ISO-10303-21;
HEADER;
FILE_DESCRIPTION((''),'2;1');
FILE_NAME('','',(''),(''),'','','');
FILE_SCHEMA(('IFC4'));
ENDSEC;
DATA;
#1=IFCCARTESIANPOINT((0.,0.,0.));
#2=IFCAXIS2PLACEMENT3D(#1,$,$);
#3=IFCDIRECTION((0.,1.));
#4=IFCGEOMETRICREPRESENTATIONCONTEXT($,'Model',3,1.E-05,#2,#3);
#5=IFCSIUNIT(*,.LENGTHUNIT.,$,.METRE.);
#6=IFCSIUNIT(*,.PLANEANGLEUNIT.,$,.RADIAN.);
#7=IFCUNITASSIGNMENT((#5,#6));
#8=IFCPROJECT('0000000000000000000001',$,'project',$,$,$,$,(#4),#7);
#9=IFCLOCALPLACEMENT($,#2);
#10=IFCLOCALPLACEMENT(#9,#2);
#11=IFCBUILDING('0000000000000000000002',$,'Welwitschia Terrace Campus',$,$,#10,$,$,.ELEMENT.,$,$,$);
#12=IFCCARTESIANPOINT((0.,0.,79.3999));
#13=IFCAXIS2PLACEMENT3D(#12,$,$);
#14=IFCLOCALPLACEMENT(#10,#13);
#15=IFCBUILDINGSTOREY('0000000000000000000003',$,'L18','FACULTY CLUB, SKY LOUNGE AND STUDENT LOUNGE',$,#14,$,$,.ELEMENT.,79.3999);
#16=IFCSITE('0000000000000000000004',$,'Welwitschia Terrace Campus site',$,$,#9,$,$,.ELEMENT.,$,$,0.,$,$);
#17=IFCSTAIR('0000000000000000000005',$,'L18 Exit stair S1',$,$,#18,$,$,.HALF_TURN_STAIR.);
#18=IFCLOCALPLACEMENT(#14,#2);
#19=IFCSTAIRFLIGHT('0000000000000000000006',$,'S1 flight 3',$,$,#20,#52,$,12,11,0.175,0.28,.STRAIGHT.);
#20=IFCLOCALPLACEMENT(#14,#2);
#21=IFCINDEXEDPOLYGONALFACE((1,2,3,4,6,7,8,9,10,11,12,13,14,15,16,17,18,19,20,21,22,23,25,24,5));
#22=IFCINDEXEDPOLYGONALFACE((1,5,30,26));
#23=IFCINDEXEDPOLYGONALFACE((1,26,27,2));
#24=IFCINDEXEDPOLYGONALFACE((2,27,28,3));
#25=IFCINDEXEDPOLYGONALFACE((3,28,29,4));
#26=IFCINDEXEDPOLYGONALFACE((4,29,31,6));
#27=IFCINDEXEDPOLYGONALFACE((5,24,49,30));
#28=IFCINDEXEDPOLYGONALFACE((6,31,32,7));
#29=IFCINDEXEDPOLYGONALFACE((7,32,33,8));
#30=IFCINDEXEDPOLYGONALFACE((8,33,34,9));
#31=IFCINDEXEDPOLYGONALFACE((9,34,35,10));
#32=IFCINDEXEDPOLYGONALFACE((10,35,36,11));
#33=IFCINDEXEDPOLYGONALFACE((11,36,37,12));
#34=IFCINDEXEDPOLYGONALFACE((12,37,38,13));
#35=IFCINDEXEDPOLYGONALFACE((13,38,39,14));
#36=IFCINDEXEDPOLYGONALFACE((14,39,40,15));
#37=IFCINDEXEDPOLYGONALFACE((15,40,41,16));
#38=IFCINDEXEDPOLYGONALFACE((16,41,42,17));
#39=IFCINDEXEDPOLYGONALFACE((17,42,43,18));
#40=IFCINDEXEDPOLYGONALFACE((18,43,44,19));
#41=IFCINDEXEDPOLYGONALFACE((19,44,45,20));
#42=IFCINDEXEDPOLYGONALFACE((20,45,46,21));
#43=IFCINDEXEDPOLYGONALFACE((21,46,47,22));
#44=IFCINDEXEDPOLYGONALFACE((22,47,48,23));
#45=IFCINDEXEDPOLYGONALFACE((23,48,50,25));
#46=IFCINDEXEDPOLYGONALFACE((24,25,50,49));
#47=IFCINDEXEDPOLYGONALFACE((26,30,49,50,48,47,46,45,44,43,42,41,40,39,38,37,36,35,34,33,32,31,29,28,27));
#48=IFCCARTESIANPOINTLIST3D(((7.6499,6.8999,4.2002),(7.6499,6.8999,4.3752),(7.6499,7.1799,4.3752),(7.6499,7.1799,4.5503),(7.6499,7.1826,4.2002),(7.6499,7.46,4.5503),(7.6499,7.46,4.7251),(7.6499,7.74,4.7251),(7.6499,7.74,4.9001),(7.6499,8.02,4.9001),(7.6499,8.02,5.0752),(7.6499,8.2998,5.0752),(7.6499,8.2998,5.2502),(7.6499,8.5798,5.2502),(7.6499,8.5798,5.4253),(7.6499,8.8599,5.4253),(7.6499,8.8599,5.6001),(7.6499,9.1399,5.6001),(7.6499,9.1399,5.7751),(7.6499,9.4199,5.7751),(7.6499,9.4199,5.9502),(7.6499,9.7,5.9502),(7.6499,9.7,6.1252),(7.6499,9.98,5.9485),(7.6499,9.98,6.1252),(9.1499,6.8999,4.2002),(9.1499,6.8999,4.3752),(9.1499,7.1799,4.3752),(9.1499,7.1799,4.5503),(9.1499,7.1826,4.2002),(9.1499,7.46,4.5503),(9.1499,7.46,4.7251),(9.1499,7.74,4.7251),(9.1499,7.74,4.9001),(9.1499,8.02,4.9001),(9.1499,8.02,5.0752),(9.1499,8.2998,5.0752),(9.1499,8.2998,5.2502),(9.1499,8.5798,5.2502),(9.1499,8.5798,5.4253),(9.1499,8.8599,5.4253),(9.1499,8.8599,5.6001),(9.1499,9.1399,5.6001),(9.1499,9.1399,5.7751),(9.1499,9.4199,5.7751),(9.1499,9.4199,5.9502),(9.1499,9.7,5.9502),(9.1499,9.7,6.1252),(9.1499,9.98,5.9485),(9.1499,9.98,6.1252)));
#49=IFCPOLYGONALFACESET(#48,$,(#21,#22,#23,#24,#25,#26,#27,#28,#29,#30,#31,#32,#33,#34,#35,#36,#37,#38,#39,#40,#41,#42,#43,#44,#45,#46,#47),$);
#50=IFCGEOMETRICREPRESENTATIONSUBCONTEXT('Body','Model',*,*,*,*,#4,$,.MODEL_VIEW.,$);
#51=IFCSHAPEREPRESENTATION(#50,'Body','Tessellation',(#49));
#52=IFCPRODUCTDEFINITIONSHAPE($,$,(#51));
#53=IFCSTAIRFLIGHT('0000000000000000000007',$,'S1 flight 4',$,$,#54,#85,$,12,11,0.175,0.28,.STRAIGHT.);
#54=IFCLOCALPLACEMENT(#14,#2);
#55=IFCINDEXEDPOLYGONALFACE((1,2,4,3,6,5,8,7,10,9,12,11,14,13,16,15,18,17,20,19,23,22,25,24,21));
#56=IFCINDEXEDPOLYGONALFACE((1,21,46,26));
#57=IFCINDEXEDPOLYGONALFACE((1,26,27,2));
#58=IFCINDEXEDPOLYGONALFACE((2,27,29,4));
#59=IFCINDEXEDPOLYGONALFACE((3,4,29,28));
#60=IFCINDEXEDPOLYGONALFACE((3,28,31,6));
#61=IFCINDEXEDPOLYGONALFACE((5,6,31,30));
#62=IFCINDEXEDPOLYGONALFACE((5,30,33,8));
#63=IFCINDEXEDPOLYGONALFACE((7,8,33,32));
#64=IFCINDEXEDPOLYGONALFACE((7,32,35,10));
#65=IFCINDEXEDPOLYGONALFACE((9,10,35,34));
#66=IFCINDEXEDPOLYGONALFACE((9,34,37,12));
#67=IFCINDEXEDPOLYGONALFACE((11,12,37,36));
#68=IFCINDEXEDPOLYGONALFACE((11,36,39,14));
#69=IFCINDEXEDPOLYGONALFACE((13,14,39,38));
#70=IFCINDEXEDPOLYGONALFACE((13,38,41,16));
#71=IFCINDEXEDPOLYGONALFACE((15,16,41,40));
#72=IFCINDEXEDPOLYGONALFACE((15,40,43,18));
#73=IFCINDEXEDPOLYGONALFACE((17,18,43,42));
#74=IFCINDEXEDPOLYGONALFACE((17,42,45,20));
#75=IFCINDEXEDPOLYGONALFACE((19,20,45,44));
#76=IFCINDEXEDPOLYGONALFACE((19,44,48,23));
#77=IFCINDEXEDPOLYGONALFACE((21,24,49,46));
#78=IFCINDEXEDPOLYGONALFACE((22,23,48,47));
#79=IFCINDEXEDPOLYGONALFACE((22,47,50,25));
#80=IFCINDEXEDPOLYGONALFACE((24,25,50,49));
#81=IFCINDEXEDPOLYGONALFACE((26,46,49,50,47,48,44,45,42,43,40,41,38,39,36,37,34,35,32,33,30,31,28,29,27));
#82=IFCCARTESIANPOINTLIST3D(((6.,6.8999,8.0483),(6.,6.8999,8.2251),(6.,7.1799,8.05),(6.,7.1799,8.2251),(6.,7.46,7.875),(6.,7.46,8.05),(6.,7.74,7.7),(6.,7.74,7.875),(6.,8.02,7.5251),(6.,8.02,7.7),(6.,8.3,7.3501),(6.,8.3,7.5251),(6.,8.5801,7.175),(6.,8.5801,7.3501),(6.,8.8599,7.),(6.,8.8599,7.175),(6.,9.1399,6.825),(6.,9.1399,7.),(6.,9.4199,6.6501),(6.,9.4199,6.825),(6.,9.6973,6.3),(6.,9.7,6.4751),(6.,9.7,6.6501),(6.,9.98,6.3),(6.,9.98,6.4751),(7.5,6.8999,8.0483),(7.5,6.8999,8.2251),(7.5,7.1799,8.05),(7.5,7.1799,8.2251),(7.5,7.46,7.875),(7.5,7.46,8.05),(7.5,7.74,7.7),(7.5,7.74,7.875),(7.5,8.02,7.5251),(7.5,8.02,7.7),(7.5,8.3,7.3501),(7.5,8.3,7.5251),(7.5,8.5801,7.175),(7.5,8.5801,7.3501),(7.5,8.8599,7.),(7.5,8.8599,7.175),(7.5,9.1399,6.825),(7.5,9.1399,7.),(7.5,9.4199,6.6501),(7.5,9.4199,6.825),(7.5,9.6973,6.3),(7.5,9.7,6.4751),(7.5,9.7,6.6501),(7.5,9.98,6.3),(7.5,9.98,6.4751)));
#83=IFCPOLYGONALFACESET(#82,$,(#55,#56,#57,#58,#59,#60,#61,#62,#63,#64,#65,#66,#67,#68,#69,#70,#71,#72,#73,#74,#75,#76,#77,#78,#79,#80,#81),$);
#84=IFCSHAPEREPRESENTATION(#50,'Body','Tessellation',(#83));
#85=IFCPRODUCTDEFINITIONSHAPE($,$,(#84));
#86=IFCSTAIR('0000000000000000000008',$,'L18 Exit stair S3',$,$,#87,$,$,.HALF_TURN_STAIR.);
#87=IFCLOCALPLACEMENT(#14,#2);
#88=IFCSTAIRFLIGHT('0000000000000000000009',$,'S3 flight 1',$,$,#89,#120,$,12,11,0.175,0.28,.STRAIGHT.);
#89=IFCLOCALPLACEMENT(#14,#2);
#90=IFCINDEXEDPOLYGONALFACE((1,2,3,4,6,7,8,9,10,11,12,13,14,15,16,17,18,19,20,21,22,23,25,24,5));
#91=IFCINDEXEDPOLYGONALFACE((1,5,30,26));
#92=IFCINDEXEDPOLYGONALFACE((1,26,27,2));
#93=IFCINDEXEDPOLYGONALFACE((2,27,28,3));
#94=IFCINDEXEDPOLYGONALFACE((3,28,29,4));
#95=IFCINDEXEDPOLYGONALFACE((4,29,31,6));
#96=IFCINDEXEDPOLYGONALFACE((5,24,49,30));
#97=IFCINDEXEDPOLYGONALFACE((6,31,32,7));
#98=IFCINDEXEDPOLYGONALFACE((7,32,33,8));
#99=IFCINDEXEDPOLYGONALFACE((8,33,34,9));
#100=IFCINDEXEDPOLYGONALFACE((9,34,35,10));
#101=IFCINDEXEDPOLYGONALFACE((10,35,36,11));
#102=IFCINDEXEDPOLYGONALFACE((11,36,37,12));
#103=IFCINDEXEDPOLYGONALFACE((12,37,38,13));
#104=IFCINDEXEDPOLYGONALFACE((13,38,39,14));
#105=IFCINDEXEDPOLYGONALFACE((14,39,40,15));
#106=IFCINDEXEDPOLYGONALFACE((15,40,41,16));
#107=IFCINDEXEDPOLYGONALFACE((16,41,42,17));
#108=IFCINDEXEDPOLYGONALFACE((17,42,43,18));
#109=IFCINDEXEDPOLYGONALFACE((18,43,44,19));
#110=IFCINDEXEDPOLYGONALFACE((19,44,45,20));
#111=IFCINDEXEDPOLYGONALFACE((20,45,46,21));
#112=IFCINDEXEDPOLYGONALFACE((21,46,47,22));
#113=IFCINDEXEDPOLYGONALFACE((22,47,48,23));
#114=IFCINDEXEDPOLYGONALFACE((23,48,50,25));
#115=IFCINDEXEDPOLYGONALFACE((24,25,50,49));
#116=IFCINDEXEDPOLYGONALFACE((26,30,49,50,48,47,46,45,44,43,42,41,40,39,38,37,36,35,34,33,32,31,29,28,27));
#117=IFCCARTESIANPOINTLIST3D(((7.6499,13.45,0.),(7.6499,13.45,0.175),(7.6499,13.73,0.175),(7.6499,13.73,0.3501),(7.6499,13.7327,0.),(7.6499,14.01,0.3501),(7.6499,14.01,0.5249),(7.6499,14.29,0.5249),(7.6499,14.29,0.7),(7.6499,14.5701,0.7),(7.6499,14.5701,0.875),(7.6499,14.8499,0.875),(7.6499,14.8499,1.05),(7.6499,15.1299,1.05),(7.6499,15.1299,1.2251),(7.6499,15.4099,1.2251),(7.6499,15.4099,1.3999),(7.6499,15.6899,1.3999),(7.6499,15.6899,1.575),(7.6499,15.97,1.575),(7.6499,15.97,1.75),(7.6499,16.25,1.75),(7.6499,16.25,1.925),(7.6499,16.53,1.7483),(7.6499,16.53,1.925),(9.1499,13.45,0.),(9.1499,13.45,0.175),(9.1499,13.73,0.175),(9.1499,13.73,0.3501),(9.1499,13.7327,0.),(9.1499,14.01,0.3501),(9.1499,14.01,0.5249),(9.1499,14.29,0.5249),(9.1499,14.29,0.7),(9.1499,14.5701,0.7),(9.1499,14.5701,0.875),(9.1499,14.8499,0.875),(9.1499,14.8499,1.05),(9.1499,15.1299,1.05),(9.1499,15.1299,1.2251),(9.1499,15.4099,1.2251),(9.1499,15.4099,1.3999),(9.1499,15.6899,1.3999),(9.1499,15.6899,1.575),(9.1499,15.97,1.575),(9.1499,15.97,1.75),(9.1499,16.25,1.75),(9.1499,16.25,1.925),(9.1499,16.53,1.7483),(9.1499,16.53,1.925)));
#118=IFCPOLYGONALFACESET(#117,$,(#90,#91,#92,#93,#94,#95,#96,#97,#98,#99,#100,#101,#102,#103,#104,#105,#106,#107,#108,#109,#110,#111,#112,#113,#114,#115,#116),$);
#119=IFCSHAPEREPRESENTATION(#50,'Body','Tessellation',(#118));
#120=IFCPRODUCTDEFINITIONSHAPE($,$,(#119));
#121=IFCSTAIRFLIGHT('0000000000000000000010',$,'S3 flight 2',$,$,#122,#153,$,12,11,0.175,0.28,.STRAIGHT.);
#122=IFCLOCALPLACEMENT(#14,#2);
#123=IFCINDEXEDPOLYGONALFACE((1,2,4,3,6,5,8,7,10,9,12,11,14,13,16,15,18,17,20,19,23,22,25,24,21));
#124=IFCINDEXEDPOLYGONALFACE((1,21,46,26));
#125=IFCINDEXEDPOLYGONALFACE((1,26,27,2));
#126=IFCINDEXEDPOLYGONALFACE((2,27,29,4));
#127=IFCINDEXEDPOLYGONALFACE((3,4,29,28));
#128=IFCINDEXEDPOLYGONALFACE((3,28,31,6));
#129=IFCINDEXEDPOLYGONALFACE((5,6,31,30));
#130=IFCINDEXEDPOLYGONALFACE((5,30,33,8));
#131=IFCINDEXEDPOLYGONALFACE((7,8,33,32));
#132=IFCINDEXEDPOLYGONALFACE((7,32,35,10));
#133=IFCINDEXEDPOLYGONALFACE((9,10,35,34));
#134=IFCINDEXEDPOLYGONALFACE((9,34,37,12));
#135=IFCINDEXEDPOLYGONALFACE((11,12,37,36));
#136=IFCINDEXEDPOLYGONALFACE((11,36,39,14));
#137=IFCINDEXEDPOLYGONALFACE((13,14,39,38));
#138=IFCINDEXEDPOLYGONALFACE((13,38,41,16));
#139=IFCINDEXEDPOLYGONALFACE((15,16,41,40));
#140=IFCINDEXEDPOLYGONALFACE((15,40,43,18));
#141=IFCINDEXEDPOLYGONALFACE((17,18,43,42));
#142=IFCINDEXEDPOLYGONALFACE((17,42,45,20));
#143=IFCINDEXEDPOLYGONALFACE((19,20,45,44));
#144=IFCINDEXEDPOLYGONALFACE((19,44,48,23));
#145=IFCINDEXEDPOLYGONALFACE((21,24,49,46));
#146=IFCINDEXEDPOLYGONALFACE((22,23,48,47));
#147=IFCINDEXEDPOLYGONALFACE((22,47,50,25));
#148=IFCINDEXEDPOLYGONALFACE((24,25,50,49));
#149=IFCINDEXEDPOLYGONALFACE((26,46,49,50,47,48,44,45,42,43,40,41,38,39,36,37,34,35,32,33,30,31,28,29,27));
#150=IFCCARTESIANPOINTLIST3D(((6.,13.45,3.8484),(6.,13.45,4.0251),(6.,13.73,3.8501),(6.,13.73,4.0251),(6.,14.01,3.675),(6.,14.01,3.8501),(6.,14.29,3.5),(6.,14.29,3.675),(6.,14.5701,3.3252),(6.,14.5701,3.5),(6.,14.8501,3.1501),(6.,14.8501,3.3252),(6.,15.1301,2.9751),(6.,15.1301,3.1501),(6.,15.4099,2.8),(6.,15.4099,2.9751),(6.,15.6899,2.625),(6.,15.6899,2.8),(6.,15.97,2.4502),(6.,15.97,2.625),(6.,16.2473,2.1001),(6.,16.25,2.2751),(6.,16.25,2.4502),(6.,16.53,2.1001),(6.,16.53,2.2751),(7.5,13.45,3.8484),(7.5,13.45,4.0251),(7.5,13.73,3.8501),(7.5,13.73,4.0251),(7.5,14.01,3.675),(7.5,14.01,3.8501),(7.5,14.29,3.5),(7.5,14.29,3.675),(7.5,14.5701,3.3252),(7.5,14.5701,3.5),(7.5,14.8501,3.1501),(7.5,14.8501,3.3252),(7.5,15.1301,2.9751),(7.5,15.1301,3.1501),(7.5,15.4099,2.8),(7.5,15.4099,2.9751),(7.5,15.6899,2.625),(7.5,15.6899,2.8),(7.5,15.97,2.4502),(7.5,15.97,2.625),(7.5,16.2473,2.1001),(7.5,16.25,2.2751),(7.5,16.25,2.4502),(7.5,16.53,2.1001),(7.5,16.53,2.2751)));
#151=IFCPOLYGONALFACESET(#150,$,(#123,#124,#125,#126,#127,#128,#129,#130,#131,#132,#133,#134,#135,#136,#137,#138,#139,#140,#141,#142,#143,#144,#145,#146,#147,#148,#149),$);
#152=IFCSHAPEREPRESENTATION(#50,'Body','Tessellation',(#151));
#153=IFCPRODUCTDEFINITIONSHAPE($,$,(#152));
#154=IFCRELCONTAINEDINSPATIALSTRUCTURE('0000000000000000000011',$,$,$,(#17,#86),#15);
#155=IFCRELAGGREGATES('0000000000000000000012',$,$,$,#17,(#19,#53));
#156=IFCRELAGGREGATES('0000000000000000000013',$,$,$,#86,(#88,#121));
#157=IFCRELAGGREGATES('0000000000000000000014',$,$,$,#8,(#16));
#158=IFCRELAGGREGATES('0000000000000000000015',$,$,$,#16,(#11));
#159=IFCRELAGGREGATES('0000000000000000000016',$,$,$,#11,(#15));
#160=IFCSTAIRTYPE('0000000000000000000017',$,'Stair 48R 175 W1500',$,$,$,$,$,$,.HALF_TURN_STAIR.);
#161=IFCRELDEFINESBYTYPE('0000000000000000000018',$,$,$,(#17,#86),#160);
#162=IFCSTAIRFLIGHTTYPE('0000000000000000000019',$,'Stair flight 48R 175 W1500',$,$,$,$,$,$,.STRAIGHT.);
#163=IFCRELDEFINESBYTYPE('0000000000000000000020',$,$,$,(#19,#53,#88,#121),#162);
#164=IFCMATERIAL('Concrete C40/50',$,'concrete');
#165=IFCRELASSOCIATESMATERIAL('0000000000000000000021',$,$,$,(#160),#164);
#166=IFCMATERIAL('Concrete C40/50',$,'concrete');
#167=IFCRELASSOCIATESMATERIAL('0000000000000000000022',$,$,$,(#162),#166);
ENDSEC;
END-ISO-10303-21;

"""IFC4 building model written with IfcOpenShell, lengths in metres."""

from ifc_helpers import new_model, si_unit, direction, frame, origin, place, context, subcontext, project, spatial, polyline, outline, extrude, material, type_object, element, aggregate, save


model = new_model("IFC4")

# Units and contexts
model_context = context("Model", 3, precision=1e-05, world=origin(), true_north=direction((0.0, 1.0)))
body_context = subcontext(model_context, "Body", "Model", "MODEL_VIEW")
ifc_project = project(units=[si_unit("LENGTHUNIT", "METRE"), si_unit("PLANEANGLEUNIT", "RADIAN")], contexts=[model_context])

# Site, building, storey
site_placement = place(None, origin())
site = spatial("IfcSite", under=ifc_project, at=site_placement, Name="Welwitschia Terrace Campus site", CompositionType="ELEMENT", RefElevation=0.0)
building_placement = place(site_placement, origin())
building = spatial("IfcBuilding", under=site, at=building_placement, Name="Welwitschia Terrace Campus", CompositionType="ELEMENT")
storey_placement = place(building_placement, frame((0.0, 0.0, 79.3999)))
storey = spatial("IfcBuildingStorey", under=building, at=storey_placement, Name="L18", Description="FACULTY CLUB, SKY LOUNGE AND STUDENT LOUNGE", CompositionType="ELEMENT", Elevation=79.3999)

# Stairs, stair flights
ifc_material_1 = material(Name="Concrete C40/50", Category="concrete")
stair_type = type_object("IfcStairType", Name="Stair 48R 175 W1500", PredefinedType="HALF_TURN_STAIR", material=ifc_material_1)
stair_1_placement = place(storey_placement, origin())
stair_1 = element("IfcStair", 1, at=stair_1_placement, inside=storey, type_object=stair_type, Name="L18 Exit stair S1", PredefinedType="HALF_TURN_STAIR")
ifc_material_2 = material(Name="Concrete C40/50", Category="concrete")
stair_flight_type = type_object("IfcStairFlightType", Name="Stair flight 48R 175 W1500", PredefinedType="STRAIGHT", material=ifc_material_2)
stair_flight_1_placement = place(storey_placement, frame((8.3999, 6.8999, 4.2002), z_axis=(0.0, 0.0, 1.0), x_axis=(0.0, 1.0, 0.0)))
stair_flight_1 = element("IfcStairFlight", 2, at=stair_flight_1_placement, type_object=stair_flight_type, Name="S1 flight 3", NumberOfRisers=12, NumberOfTreads=11, PredefinedType="STRAIGHT", RiserHeight=0.175, TreadLength=0.28, context=body_context, shape_type="SweptSolid", body=[
    extrude(outline(polyline([(0.0, 0.0), (0.0, 0.175), (0.28, 0.175), (0.28, 0.3501), (0.5601, 0.3501), (0.5601, 0.5249), (0.8401, 0.5249), (0.8401, 0.7), (1.1201, 0.7), (1.1201, 0.875), (1.3999, 0.875), (1.3999, 1.05), (1.6799, 1.05), (1.6799, 1.2251), (1.96, 1.2251), (1.96, 1.3999), (2.24, 1.3999), (2.24, 1.575), (2.52, 1.575), (2.52, 1.75), (2.8, 1.75), (2.8, 1.925), (3.0801, 1.925), (3.0801, 2.1001), (3.0801, 1.7483), (0.2827, 0.0), (0.0, 0.0)])), frame((0.0, 0.75, 0.0), z_axis=(0.0, -1.0, 0.0), x_axis=(1.0, 0.0, 0.0)), (0.0, 0.0, 1.0), 1.5),
])
stair_flight_2_placement = place(storey_placement, frame((6.75, 9.98, 6.3), z_axis=(0.0, 0.0, 1.0), x_axis=(0.0, -1.0, 0.0)))
stair_flight_2 = element("IfcStairFlight", 3, at=stair_flight_2_placement, type_object=stair_flight_type, Name="S1 flight 4", NumberOfRisers=12, NumberOfTreads=11, PredefinedType="STRAIGHT", RiserHeight=0.175, TreadLength=0.28, context=body_context, shape_type="SweptSolid", body=[
    extrude(outline(polyline([(0.0, 0.0), (0.0, 0.175), (0.28, 0.175), (0.28, 0.3501), (0.5601, 0.3501), (0.5601, 0.5249), (0.8401, 0.5249), (0.8401, 0.7), (1.1201, 0.7), (1.1201, 0.875), (1.3999, 0.875), (1.3999, 1.05), (1.6799, 1.05), (1.6799, 1.2251), (1.96, 1.2251), (1.96, 1.3999), (2.24, 1.3999), (2.24, 1.575), (2.52, 1.575), (2.52, 1.75), (2.8, 1.75), (2.8, 1.925), (3.0801, 1.925), (3.0801, 2.1001), (3.0801, 1.7483), (0.2827, 0.0), (0.0, 0.0)])), frame((0.0, 0.75, 0.0), z_axis=(0.0, -1.0, 0.0), x_axis=(1.0, 0.0, 0.0)), (0.0, 0.0, 1.0), 1.5),
])
aggregate(stair_1, [stair_flight_1, stair_flight_2])
stair_2_placement = place(storey_placement, origin())
stair_2 = element("IfcStair", 4, at=stair_2_placement, inside=storey, type_object=stair_type, Name="L18 Exit stair S3", PredefinedType="HALF_TURN_STAIR")
stair_flight_3_placement = place(storey_placement, frame((8.3999, 13.45, 0.0), z_axis=(0.0, 0.0, 1.0), x_axis=(0.0, 1.0, 0.0)))
stair_flight_3 = element("IfcStairFlight", 5, at=stair_flight_3_placement, type_object=stair_flight_type, Name="S3 flight 1", NumberOfRisers=12, NumberOfTreads=11, PredefinedType="STRAIGHT", RiserHeight=0.175, TreadLength=0.28, context=body_context, shape_type="SweptSolid", body=[
    extrude(outline(polyline([(0.0, 0.0), (0.0, 0.175), (0.28, 0.175), (0.28, 0.3501), (0.5601, 0.3501), (0.5601, 0.5249), (0.8401, 0.5249), (0.8401, 0.7), (1.1201, 0.7), (1.1201, 0.875), (1.3999, 0.875), (1.3999, 1.05), (1.6799, 1.05), (1.6799, 1.2251), (1.96, 1.2251), (1.96, 1.3999), (2.24, 1.3999), (2.24, 1.575), (2.52, 1.575), (2.52, 1.75), (2.8, 1.75), (2.8, 1.925), (3.0801, 1.925), (3.0801, 2.1001), (3.0801, 1.7483), (0.2827, 0.0), (0.0, 0.0)])), frame((0.0, 0.75, 0.0), z_axis=(0.0, -1.0, 0.0), x_axis=(1.0, 0.0, 0.0)), (0.0, 0.0, 1.0), 1.5),
])
stair_flight_4_placement = place(storey_placement, frame((6.75, 16.53, 2.1001), z_axis=(0.0, 0.0, 1.0), x_axis=(0.0, -1.0, 0.0)))
stair_flight_4 = element("IfcStairFlight", 6, at=stair_flight_4_placement, type_object=stair_flight_type, Name="S3 flight 2", NumberOfRisers=12, NumberOfTreads=11, PredefinedType="STRAIGHT", RiserHeight=0.175, TreadLength=0.28, context=body_context, shape_type="SweptSolid", body=[
    extrude(outline(polyline([(0.0, 0.0), (0.0, 0.175), (0.28, 0.175), (0.28, 0.3501), (0.5601, 0.3501), (0.5601, 0.5249), (0.8401, 0.5249), (0.8401, 0.7), (1.1201, 0.7), (1.1201, 0.875), (1.3999, 0.875), (1.3999, 1.05), (1.6799, 1.05), (1.6799, 1.2251), (1.96, 1.2251), (1.96, 1.3999), (2.24, 1.3999), (2.24, 1.575), (2.52, 1.575), (2.52, 1.75), (2.8, 1.75), (2.8, 1.925), (3.0801, 1.925), (3.0801, 2.1001), (3.0801, 1.7483), (0.2827, 0.0), (0.0, 0.0)])), frame((0.0, 0.75, 0.0), z_axis=(0.0, -1.0, 0.0), x_axis=(1.0, 0.0, 0.0)), (0.0, 0.0, 1.0), 1.5),
])
aggregate(stair_2, [stair_flight_3, stair_flight_4])

save(model, "model.ifc")
